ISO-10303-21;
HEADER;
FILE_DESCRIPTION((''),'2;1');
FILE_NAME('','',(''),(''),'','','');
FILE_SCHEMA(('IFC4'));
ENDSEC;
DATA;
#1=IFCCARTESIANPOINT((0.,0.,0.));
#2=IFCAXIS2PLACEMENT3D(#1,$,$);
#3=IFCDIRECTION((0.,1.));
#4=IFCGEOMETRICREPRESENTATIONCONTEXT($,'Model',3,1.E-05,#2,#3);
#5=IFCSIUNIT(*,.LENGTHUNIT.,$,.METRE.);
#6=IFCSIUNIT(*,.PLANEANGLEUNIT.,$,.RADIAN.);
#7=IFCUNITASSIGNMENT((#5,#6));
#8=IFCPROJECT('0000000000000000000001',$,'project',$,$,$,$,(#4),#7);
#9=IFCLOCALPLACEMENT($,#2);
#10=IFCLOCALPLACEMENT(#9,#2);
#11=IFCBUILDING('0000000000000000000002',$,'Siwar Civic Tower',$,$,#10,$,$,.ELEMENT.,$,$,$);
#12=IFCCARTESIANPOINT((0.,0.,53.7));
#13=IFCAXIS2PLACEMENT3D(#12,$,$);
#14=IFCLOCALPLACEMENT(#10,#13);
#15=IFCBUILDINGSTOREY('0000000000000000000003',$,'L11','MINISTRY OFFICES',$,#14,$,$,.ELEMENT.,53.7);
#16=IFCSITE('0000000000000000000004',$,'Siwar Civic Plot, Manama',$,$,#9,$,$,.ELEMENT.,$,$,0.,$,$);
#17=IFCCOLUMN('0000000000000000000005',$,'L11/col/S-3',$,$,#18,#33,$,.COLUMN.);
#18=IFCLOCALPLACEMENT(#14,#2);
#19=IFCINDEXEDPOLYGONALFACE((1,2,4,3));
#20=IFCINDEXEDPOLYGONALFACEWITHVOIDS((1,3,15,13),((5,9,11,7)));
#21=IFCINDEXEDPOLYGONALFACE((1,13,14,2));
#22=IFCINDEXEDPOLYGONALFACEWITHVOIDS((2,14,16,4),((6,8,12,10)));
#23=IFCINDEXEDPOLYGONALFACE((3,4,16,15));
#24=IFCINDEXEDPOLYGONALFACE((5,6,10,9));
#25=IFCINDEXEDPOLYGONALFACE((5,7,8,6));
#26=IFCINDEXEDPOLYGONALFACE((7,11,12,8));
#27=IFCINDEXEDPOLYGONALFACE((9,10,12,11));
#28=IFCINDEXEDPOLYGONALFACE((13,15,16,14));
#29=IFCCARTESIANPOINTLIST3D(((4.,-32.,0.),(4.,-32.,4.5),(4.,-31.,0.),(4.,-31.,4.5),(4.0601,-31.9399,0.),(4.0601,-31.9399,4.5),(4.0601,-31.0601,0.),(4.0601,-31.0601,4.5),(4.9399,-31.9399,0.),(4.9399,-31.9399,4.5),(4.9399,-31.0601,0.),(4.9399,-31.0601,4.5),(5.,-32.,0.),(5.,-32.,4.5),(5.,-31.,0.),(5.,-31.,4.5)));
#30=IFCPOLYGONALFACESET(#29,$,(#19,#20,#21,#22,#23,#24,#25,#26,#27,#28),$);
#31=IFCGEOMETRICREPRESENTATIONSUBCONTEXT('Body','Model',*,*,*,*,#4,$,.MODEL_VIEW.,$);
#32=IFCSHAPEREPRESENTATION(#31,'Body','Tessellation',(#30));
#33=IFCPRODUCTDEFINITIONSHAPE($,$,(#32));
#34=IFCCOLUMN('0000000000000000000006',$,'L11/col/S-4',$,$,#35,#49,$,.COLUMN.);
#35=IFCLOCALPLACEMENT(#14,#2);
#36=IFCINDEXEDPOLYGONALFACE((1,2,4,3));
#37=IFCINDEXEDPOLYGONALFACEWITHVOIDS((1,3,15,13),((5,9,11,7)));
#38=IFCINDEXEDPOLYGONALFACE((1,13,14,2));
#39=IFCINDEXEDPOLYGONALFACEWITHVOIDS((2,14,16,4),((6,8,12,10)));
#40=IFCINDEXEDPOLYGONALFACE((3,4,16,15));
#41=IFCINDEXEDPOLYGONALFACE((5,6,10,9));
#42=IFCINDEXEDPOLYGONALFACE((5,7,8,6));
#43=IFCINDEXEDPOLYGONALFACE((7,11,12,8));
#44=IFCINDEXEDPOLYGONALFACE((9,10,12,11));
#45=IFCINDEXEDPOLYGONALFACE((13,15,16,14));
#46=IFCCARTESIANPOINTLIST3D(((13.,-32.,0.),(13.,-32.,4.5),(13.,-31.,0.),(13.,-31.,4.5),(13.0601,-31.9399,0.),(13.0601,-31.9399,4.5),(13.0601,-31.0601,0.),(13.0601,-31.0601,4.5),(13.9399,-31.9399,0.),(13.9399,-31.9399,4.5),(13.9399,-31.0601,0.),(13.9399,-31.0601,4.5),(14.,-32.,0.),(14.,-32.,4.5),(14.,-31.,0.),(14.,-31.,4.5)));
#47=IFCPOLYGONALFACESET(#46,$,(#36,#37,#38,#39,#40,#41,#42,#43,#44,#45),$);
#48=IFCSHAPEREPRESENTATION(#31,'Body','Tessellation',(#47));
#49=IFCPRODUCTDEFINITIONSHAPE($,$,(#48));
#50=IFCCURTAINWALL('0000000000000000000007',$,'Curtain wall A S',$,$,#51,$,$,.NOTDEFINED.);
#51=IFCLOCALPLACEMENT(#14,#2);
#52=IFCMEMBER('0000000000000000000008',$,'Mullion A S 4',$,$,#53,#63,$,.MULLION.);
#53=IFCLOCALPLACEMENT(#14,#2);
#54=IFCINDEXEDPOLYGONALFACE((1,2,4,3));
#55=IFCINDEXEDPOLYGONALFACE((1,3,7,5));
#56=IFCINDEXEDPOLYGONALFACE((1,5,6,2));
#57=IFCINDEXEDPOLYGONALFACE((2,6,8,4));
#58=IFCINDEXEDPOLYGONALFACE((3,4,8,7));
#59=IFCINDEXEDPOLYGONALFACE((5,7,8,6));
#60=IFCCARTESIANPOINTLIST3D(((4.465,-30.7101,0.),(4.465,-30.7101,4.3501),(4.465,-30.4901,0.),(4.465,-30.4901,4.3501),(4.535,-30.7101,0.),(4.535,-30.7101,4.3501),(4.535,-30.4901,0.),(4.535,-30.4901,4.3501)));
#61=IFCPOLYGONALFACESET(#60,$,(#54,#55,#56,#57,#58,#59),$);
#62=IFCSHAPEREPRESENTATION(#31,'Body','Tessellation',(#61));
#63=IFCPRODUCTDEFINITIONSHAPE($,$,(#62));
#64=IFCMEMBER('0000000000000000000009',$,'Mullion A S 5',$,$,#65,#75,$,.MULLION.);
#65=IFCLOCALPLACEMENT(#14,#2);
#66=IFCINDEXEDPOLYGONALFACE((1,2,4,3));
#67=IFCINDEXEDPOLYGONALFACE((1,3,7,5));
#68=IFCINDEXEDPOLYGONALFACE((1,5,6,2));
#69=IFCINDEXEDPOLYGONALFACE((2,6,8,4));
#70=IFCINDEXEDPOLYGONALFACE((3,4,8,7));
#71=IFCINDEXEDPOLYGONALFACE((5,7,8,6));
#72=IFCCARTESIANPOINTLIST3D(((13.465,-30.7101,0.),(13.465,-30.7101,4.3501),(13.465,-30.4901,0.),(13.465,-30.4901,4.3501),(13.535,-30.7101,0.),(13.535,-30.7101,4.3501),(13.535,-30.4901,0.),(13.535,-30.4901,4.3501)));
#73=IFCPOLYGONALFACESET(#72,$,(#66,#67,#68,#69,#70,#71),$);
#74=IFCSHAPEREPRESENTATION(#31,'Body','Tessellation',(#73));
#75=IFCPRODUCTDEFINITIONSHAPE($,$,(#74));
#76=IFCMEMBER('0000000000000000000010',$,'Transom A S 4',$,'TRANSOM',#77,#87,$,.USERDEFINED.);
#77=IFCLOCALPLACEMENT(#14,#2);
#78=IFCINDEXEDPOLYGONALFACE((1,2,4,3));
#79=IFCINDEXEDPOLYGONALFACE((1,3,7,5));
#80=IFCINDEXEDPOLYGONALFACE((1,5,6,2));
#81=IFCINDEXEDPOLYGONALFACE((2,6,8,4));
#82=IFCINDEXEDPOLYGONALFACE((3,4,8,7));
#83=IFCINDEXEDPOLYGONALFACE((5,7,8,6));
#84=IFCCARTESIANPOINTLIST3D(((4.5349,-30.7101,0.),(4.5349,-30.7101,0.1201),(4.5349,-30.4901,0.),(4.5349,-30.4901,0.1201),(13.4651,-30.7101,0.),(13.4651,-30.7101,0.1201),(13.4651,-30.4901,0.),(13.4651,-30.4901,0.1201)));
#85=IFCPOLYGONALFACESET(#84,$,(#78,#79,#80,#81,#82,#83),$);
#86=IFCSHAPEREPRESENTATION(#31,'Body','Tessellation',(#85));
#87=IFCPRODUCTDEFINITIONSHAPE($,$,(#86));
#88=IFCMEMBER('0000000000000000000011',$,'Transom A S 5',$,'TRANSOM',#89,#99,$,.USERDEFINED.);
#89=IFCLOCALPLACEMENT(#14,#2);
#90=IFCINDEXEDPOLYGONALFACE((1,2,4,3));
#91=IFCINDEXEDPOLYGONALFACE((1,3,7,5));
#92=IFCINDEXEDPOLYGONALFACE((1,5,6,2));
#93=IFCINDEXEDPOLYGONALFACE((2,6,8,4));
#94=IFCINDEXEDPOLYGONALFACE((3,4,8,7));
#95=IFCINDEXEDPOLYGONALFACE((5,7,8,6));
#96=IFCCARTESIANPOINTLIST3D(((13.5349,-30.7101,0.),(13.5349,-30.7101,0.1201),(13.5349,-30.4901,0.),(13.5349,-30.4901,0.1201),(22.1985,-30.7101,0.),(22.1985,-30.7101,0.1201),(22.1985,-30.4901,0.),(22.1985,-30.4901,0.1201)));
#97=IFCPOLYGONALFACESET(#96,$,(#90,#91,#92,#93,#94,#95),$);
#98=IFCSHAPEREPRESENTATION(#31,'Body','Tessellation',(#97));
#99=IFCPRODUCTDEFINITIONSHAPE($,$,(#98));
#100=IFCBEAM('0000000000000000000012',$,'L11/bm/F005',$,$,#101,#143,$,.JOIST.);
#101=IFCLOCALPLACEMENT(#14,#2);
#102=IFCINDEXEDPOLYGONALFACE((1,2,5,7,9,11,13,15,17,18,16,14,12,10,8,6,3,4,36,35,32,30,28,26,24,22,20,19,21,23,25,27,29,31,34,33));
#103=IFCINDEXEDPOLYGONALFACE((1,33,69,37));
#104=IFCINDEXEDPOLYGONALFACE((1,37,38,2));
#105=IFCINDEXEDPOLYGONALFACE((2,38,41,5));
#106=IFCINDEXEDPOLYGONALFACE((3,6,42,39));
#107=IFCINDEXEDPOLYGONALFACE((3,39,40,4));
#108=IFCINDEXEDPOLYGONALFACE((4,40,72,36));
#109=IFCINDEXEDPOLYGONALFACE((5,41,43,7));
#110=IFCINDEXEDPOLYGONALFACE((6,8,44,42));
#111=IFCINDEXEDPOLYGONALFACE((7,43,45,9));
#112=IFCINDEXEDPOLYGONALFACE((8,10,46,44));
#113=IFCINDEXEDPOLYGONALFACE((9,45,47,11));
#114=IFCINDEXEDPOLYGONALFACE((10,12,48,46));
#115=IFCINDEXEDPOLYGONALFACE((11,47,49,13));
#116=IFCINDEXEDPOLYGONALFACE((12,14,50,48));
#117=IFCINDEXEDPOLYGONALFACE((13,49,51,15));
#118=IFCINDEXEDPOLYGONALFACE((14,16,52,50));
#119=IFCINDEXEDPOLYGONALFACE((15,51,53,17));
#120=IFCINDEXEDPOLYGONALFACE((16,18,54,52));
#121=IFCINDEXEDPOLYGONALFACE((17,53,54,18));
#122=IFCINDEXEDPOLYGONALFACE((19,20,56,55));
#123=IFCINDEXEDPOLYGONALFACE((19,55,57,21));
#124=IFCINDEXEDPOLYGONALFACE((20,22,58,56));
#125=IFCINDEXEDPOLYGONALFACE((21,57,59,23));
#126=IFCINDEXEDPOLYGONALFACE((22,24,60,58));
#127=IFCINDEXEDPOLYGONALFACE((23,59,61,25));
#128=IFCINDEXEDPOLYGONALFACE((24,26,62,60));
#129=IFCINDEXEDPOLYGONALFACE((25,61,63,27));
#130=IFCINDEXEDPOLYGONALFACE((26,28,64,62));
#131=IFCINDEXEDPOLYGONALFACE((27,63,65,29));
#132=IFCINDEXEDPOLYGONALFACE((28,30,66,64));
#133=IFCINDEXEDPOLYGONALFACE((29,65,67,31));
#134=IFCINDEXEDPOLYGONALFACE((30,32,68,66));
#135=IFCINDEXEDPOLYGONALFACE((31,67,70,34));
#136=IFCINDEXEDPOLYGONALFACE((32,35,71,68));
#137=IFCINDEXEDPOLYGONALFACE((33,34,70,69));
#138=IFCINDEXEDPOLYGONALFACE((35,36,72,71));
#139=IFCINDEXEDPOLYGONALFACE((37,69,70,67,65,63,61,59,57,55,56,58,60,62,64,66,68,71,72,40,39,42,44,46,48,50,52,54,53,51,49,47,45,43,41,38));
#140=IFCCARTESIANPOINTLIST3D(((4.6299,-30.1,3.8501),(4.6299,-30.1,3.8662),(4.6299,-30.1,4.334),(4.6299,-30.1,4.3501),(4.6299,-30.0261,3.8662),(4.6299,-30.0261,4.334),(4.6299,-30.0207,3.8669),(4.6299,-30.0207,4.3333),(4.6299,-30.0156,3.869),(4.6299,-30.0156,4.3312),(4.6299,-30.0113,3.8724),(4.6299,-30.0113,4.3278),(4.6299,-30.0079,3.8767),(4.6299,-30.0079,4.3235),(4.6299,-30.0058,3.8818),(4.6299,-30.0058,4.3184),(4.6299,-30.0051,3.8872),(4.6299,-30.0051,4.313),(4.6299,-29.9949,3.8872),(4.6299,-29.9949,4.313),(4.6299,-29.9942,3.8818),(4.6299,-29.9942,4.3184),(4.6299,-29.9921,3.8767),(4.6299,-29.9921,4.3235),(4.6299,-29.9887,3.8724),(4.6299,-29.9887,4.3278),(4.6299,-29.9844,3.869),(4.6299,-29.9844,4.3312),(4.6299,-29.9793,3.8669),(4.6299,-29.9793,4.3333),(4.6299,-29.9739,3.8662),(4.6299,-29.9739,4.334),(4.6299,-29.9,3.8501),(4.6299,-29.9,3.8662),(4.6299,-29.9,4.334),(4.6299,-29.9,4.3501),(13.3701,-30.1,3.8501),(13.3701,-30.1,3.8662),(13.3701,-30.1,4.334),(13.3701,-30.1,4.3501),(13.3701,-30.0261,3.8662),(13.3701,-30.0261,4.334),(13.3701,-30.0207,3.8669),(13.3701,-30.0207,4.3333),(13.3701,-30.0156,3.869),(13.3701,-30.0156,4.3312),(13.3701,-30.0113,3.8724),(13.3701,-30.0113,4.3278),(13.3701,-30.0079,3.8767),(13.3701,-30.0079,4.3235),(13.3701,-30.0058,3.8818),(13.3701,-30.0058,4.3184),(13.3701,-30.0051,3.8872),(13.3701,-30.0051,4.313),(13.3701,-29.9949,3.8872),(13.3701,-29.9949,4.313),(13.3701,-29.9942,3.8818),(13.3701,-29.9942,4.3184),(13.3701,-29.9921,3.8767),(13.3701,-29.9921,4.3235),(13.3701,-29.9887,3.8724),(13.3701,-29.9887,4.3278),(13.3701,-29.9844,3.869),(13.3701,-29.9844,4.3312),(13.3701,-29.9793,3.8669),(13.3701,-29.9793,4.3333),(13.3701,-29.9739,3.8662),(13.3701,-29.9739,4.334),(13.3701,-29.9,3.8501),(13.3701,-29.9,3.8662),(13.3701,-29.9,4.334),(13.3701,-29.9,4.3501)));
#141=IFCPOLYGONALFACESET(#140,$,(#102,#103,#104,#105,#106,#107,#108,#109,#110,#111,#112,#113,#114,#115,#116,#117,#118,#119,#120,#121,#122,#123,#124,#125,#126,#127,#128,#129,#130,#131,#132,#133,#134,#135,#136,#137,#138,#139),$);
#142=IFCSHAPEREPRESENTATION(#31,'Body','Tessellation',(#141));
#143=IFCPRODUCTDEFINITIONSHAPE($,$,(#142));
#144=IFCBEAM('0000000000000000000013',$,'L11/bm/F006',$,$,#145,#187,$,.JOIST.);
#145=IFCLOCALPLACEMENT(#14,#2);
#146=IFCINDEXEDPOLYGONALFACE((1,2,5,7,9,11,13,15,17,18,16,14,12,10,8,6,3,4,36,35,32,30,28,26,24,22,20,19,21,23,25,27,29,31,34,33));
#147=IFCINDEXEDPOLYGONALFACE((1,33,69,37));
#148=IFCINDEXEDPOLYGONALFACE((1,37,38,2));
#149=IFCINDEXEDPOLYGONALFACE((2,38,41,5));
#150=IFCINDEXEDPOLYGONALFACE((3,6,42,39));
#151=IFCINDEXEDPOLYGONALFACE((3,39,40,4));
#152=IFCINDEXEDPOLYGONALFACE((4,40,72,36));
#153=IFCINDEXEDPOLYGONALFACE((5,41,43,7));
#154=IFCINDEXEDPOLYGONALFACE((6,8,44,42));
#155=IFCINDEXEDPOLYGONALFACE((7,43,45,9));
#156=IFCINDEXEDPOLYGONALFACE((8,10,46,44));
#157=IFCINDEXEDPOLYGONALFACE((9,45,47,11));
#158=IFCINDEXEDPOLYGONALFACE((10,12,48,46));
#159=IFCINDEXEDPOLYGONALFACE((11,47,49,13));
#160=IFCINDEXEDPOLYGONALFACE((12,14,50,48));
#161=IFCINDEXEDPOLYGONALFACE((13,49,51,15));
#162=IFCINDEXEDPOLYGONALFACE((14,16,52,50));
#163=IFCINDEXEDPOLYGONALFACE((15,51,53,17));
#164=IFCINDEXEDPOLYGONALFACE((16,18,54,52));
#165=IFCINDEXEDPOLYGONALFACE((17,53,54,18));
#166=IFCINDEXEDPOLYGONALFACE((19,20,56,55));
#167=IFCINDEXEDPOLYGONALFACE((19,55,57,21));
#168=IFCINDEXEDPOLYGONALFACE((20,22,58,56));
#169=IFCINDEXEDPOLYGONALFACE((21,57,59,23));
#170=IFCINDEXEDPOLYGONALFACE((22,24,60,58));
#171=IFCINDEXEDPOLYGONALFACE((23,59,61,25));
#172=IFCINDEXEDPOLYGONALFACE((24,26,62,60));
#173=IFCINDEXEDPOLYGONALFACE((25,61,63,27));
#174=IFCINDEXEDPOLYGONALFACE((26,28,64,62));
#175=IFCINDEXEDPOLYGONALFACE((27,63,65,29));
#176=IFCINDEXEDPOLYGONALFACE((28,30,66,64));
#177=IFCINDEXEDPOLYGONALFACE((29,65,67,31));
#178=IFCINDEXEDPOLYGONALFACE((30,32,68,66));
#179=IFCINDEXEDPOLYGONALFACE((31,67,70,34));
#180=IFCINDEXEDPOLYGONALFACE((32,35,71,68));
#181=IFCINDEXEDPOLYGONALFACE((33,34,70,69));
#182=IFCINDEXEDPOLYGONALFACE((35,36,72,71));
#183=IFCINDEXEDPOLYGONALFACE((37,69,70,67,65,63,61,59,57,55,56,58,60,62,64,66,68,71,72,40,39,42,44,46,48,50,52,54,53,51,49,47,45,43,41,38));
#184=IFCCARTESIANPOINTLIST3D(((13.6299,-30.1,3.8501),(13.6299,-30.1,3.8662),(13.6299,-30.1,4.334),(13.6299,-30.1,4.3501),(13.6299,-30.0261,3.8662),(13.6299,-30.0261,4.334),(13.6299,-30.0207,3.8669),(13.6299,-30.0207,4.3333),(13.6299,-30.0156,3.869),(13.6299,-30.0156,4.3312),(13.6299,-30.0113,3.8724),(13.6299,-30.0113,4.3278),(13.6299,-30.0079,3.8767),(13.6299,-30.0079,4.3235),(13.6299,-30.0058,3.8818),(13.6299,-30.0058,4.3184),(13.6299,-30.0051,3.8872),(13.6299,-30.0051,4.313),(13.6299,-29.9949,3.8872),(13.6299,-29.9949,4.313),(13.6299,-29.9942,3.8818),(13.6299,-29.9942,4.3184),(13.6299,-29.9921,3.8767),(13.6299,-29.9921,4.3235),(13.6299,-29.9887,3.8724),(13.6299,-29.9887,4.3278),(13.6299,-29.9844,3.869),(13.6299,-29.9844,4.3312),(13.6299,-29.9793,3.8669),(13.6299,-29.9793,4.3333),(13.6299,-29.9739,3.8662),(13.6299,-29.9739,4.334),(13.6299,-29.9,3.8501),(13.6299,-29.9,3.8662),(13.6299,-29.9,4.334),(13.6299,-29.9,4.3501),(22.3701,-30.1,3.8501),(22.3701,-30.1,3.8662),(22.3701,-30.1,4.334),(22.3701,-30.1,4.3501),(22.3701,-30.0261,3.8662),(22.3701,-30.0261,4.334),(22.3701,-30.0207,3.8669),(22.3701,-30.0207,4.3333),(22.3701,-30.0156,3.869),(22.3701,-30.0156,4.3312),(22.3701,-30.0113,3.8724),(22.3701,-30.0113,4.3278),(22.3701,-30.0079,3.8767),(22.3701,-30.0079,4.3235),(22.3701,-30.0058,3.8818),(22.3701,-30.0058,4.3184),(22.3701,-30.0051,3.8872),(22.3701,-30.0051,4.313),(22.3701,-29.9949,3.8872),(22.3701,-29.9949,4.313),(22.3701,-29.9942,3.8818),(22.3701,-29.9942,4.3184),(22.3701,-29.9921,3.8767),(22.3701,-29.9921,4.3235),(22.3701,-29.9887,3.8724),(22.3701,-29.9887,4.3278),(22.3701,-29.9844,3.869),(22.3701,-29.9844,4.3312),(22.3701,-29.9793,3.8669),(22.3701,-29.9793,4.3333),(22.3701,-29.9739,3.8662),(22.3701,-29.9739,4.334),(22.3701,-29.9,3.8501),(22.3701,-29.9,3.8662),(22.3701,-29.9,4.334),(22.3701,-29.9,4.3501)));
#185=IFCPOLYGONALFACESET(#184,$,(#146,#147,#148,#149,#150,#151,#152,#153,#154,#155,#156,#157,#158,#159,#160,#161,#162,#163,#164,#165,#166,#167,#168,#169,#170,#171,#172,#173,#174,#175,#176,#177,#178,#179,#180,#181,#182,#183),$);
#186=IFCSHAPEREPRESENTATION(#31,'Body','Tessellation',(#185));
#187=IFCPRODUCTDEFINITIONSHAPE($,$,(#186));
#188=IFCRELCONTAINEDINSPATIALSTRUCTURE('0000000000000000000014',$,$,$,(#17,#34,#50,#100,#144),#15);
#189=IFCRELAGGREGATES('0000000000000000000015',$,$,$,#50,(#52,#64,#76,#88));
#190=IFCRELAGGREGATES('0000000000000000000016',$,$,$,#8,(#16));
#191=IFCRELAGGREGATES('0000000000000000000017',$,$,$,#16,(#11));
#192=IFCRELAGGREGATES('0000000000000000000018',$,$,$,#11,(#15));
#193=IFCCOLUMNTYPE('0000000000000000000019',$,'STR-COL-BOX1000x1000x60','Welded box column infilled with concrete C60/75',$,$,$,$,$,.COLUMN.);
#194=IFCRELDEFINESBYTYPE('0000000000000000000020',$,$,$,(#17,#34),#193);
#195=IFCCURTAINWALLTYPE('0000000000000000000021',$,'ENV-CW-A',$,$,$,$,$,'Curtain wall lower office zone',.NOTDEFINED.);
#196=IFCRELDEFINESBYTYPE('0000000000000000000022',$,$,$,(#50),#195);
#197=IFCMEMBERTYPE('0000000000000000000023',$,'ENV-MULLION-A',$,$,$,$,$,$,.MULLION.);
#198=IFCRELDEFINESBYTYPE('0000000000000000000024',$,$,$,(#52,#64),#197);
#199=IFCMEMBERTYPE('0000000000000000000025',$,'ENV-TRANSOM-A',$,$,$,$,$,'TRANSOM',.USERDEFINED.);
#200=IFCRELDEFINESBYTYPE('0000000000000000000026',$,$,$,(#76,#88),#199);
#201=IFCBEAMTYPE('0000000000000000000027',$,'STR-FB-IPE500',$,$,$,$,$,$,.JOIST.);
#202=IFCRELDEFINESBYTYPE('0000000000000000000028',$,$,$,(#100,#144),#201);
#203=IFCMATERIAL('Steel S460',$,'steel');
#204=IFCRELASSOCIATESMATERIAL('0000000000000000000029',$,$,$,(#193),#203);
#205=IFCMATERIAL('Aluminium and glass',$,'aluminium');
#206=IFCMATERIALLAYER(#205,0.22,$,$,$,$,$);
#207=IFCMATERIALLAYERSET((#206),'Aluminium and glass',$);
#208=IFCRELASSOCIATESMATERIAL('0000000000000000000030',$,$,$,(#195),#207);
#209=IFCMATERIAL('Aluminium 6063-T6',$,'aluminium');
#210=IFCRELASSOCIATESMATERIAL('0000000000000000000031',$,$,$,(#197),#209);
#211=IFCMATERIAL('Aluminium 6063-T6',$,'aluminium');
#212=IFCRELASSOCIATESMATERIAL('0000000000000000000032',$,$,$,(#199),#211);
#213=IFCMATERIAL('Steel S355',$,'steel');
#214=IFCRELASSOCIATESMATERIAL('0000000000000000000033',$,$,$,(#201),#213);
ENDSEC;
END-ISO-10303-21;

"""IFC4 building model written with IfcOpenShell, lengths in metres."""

from ifc_helpers import new_model, si_unit, direction, frame, origin, origin_2d, place, context, subcontext, project, spatial, rectangle, hollow_rectangle, i_section, extrude, material, layer, layer_set, material_profile, profile_set, type_object, element, aggregate, save


model = new_model("IFC4")

# Units and contexts
model_context = context("Model", 3, precision=1e-05, world=origin(), true_north=direction((0.0, 1.0)))
body_context = subcontext(model_context, "Body", "Model", "MODEL_VIEW")
ifc_project = project(units=[si_unit("LENGTHUNIT", "METRE"), si_unit("PLANEANGLEUNIT", "RADIAN")], contexts=[model_context])

# Site, building, storey
site_placement = place(None, origin())
site = spatial("IfcSite", under=ifc_project, at=site_placement, Name="Siwar Civic Plot, Manama", CompositionType="ELEMENT", RefElevation=0.0)
building_placement = place(site_placement, origin())
building = spatial("IfcBuilding", under=site, at=building_placement, Name="Siwar Civic Tower", CompositionType="ELEMENT")
storey_placement = place(building_placement, frame((0.0, 0.0, 53.7)))
storey = spatial("IfcBuildingStorey", under=building, at=storey_placement, Name="L11", Description="MINISTRY OFFICES", CompositionType="ELEMENT", Elevation=53.7)

# Columns
ifc_material_1 = material(Name="Steel S460", Category="steel")
ifc_material_profile_1 = material_profile(ifc_material_1, hollow_rectangle(XDim=1.0, YDim=1.0, WallThickness=0.0601, at=origin_2d()), Name="BOX1000x1000x60")
ifc_profile_set_1 = profile_set([ifc_material_profile_1], Name="Steel S460")
column_type = type_object("IfcColumnType", Name="STR-COL-BOX1000x1000x60", Description="Welded box column infilled with concrete C60/75", PredefinedType="COLUMN", material=ifc_profile_set_1)
for number, where, z_axis, x_axis, name in (
    (1, (4.5, -31.5, 0.0), (0.0, 0.0, 1.0), (1.0, 0.0, 0.0), "L11/col/S-3"),
    (2, (13.5, -31.5, 0.0), (0.0, 0.0, 1.0), (1.0, 0.0, 0.0), "L11/col/S-4"),
):
    element("IfcColumn", number, at=place(storey_placement, frame(where, z_axis=z_axis, x_axis=x_axis)), inside=storey, type_object=column_type, Name=name, PredefinedType="COLUMN", context=body_context, shape_type="SweptSolid", body=[
        extrude(hollow_rectangle(XDim=1.0, YDim=1.0, WallThickness=0.0601, at=origin_2d()), origin(), (0.0, 0.0, 1.0), 4.5),
    ])

# Curtain wall, members
ifc_material_2 = material(Name="Aluminium and glass", Category="aluminium")
ifc_layer_1 = layer(ifc_material_2, 0.22)
ifc_layer_set_1 = layer_set([ifc_layer_1], Name="Aluminium and glass")
curtain_wall_type = type_object("IfcCurtainWallType", Name="ENV-CW-A", ElementType="Curtain wall lower office zone", PredefinedType="NOTDEFINED", material=ifc_layer_set_1)
curtain_wall_placement = place(storey_placement, origin())
curtain_wall = element("IfcCurtainWall", 3, at=curtain_wall_placement, inside=storey, type_object=curtain_wall_type, Name="Curtain wall A S", PredefinedType="NOTDEFINED")
ifc_material_3 = material(Name="Aluminium 6063-T6", Category="aluminium")
ifc_material_profile_2 = material_profile(ifc_material_3, rectangle(XDim=0.22, YDim=0.0701, at=origin_2d()), Name="AL 220x70")
ifc_profile_set_2 = profile_set([ifc_material_profile_2], Name="Aluminium 6063-T6")
member_type_1 = type_object("IfcMemberType", Name="ENV-MULLION-A", PredefinedType="MULLION", material=ifc_profile_set_2)
member_1_placement = place(storey_placement, frame((4.5, -30.6001, 0.0), z_axis=(0.0, 0.0, 1.0), x_axis=(0.0, 1.0, 0.0)))
member_1 = element("IfcMember", 4, at=member_1_placement, type_object=member_type_1, Name="Mullion A S 4", PredefinedType="MULLION", context=body_context, shape_type="SweptSolid", body=[
    extrude(rectangle(XDim=0.22, YDim=0.0701, at=origin_2d()), origin(), (0.0, 0.0, 1.0), 4.3501),
])
member_2_placement = place(storey_placement, frame((13.5, -30.6001, 0.0), z_axis=(0.0, 0.0, 1.0), x_axis=(0.0, 1.0, 0.0)))
member_2 = element("IfcMember", 5, at=member_2_placement, type_object=member_type_1, Name="Mullion A S 5", PredefinedType="MULLION", context=body_context, shape_type="SweptSolid", body=[
    extrude(rectangle(XDim=0.22, YDim=0.0701, at=origin_2d()), origin(), (0.0, 0.0, 1.0), 4.3501),
])
ifc_material_4 = material(Name="Aluminium 6063-T6", Category="aluminium")
ifc_material_profile_3 = material_profile(ifc_material_4, rectangle(XDim=0.22, YDim=0.1201, at=origin_2d()), Name="AL 220x120")
ifc_profile_set_3 = profile_set([ifc_material_profile_3], Name="Aluminium 6063-T6")
member_type_2 = type_object("IfcMemberType", Name="ENV-TRANSOM-A", ElementType="TRANSOM", PredefinedType="USERDEFINED", material=ifc_profile_set_3)
member_3_placement = place(storey_placement, frame((4.5349, -30.6001, 0.0601), z_axis=(1.0, 0.0, 0.0), x_axis=(0.0, 1.0, 0.0)))
member_3 = element("IfcMember", 6, at=member_3_placement, type_object=member_type_2, Name="Transom A S 4", ObjectType="TRANSOM", PredefinedType="USERDEFINED", context=body_context, shape_type="SweptSolid", body=[
    extrude(rectangle(XDim=0.22, YDim=0.1201, at=origin_2d()), origin(), (0.0, 0.0, 1.0), 8.9302),
])
member_4_placement = place(storey_placement, frame((13.5349, -30.6001, 0.0601), z_axis=(1.0, 0.0, 0.0), x_axis=(0.0, 1.0, 0.0)))
member_4 = element("IfcMember", 7, at=member_4_placement, type_object=member_type_2, Name="Transom A S 5", ObjectType="TRANSOM", PredefinedType="USERDEFINED", context=body_context, shape_type="SweptSolid", body=[
    extrude(rectangle(XDim=0.22, YDim=0.1201, at=origin_2d()), origin(), (0.0, 0.0, 1.0), 8.6636),
])

# Beams
ifc_material_5 = material(Name="Steel S355", Category="steel")
ifc_material_profile_4 = material_profile(ifc_material_5, i_section(OverallWidth=0.2, OverallDepth=0.5, WebThickness=0.0103, FlangeThickness=0.0161, FilletRadius=0.021, at=origin_2d()), Name="IPE500")
ifc_profile_set_4 = profile_set([ifc_material_profile_4], Name="Steel S355")
beam_type_1 = type_object("IfcBeamType", Name="STR-FB-IPE500", PredefinedType="JOIST", material=ifc_profile_set_4)
for number, where, z_axis, x_axis, name in (
    (8, (4.6299, -30.0, 4.1001), (1.0, 0.0, 0.0), (0.0, 1.0, 0.0), "L11/bm/F005"),
    (9, (13.6299, -30.0, 4.1001), (1.0, 0.0, 0.0), (0.0, 1.0, 0.0), "L11/bm/F006"),
):
    element("IfcBeam", number, at=place(storey_placement, frame(where, z_axis=z_axis, x_axis=x_axis)), inside=storey, type_object=beam_type_1, Name=name, PredefinedType="JOIST", context=body_context, shape_type="SweptSolid", body=[
        extrude(i_section(OverallWidth=0.2, OverallDepth=0.5, WebThickness=0.0103, FlangeThickness=0.0161, FilletRadius=0.021, at=origin_2d()), origin(), (0.0, 0.0, 1.0), 8.7402),
    ])

aggregate(curtain_wall, [member_1, member_2, member_3, member_4])

save(model, "model.ifc")
